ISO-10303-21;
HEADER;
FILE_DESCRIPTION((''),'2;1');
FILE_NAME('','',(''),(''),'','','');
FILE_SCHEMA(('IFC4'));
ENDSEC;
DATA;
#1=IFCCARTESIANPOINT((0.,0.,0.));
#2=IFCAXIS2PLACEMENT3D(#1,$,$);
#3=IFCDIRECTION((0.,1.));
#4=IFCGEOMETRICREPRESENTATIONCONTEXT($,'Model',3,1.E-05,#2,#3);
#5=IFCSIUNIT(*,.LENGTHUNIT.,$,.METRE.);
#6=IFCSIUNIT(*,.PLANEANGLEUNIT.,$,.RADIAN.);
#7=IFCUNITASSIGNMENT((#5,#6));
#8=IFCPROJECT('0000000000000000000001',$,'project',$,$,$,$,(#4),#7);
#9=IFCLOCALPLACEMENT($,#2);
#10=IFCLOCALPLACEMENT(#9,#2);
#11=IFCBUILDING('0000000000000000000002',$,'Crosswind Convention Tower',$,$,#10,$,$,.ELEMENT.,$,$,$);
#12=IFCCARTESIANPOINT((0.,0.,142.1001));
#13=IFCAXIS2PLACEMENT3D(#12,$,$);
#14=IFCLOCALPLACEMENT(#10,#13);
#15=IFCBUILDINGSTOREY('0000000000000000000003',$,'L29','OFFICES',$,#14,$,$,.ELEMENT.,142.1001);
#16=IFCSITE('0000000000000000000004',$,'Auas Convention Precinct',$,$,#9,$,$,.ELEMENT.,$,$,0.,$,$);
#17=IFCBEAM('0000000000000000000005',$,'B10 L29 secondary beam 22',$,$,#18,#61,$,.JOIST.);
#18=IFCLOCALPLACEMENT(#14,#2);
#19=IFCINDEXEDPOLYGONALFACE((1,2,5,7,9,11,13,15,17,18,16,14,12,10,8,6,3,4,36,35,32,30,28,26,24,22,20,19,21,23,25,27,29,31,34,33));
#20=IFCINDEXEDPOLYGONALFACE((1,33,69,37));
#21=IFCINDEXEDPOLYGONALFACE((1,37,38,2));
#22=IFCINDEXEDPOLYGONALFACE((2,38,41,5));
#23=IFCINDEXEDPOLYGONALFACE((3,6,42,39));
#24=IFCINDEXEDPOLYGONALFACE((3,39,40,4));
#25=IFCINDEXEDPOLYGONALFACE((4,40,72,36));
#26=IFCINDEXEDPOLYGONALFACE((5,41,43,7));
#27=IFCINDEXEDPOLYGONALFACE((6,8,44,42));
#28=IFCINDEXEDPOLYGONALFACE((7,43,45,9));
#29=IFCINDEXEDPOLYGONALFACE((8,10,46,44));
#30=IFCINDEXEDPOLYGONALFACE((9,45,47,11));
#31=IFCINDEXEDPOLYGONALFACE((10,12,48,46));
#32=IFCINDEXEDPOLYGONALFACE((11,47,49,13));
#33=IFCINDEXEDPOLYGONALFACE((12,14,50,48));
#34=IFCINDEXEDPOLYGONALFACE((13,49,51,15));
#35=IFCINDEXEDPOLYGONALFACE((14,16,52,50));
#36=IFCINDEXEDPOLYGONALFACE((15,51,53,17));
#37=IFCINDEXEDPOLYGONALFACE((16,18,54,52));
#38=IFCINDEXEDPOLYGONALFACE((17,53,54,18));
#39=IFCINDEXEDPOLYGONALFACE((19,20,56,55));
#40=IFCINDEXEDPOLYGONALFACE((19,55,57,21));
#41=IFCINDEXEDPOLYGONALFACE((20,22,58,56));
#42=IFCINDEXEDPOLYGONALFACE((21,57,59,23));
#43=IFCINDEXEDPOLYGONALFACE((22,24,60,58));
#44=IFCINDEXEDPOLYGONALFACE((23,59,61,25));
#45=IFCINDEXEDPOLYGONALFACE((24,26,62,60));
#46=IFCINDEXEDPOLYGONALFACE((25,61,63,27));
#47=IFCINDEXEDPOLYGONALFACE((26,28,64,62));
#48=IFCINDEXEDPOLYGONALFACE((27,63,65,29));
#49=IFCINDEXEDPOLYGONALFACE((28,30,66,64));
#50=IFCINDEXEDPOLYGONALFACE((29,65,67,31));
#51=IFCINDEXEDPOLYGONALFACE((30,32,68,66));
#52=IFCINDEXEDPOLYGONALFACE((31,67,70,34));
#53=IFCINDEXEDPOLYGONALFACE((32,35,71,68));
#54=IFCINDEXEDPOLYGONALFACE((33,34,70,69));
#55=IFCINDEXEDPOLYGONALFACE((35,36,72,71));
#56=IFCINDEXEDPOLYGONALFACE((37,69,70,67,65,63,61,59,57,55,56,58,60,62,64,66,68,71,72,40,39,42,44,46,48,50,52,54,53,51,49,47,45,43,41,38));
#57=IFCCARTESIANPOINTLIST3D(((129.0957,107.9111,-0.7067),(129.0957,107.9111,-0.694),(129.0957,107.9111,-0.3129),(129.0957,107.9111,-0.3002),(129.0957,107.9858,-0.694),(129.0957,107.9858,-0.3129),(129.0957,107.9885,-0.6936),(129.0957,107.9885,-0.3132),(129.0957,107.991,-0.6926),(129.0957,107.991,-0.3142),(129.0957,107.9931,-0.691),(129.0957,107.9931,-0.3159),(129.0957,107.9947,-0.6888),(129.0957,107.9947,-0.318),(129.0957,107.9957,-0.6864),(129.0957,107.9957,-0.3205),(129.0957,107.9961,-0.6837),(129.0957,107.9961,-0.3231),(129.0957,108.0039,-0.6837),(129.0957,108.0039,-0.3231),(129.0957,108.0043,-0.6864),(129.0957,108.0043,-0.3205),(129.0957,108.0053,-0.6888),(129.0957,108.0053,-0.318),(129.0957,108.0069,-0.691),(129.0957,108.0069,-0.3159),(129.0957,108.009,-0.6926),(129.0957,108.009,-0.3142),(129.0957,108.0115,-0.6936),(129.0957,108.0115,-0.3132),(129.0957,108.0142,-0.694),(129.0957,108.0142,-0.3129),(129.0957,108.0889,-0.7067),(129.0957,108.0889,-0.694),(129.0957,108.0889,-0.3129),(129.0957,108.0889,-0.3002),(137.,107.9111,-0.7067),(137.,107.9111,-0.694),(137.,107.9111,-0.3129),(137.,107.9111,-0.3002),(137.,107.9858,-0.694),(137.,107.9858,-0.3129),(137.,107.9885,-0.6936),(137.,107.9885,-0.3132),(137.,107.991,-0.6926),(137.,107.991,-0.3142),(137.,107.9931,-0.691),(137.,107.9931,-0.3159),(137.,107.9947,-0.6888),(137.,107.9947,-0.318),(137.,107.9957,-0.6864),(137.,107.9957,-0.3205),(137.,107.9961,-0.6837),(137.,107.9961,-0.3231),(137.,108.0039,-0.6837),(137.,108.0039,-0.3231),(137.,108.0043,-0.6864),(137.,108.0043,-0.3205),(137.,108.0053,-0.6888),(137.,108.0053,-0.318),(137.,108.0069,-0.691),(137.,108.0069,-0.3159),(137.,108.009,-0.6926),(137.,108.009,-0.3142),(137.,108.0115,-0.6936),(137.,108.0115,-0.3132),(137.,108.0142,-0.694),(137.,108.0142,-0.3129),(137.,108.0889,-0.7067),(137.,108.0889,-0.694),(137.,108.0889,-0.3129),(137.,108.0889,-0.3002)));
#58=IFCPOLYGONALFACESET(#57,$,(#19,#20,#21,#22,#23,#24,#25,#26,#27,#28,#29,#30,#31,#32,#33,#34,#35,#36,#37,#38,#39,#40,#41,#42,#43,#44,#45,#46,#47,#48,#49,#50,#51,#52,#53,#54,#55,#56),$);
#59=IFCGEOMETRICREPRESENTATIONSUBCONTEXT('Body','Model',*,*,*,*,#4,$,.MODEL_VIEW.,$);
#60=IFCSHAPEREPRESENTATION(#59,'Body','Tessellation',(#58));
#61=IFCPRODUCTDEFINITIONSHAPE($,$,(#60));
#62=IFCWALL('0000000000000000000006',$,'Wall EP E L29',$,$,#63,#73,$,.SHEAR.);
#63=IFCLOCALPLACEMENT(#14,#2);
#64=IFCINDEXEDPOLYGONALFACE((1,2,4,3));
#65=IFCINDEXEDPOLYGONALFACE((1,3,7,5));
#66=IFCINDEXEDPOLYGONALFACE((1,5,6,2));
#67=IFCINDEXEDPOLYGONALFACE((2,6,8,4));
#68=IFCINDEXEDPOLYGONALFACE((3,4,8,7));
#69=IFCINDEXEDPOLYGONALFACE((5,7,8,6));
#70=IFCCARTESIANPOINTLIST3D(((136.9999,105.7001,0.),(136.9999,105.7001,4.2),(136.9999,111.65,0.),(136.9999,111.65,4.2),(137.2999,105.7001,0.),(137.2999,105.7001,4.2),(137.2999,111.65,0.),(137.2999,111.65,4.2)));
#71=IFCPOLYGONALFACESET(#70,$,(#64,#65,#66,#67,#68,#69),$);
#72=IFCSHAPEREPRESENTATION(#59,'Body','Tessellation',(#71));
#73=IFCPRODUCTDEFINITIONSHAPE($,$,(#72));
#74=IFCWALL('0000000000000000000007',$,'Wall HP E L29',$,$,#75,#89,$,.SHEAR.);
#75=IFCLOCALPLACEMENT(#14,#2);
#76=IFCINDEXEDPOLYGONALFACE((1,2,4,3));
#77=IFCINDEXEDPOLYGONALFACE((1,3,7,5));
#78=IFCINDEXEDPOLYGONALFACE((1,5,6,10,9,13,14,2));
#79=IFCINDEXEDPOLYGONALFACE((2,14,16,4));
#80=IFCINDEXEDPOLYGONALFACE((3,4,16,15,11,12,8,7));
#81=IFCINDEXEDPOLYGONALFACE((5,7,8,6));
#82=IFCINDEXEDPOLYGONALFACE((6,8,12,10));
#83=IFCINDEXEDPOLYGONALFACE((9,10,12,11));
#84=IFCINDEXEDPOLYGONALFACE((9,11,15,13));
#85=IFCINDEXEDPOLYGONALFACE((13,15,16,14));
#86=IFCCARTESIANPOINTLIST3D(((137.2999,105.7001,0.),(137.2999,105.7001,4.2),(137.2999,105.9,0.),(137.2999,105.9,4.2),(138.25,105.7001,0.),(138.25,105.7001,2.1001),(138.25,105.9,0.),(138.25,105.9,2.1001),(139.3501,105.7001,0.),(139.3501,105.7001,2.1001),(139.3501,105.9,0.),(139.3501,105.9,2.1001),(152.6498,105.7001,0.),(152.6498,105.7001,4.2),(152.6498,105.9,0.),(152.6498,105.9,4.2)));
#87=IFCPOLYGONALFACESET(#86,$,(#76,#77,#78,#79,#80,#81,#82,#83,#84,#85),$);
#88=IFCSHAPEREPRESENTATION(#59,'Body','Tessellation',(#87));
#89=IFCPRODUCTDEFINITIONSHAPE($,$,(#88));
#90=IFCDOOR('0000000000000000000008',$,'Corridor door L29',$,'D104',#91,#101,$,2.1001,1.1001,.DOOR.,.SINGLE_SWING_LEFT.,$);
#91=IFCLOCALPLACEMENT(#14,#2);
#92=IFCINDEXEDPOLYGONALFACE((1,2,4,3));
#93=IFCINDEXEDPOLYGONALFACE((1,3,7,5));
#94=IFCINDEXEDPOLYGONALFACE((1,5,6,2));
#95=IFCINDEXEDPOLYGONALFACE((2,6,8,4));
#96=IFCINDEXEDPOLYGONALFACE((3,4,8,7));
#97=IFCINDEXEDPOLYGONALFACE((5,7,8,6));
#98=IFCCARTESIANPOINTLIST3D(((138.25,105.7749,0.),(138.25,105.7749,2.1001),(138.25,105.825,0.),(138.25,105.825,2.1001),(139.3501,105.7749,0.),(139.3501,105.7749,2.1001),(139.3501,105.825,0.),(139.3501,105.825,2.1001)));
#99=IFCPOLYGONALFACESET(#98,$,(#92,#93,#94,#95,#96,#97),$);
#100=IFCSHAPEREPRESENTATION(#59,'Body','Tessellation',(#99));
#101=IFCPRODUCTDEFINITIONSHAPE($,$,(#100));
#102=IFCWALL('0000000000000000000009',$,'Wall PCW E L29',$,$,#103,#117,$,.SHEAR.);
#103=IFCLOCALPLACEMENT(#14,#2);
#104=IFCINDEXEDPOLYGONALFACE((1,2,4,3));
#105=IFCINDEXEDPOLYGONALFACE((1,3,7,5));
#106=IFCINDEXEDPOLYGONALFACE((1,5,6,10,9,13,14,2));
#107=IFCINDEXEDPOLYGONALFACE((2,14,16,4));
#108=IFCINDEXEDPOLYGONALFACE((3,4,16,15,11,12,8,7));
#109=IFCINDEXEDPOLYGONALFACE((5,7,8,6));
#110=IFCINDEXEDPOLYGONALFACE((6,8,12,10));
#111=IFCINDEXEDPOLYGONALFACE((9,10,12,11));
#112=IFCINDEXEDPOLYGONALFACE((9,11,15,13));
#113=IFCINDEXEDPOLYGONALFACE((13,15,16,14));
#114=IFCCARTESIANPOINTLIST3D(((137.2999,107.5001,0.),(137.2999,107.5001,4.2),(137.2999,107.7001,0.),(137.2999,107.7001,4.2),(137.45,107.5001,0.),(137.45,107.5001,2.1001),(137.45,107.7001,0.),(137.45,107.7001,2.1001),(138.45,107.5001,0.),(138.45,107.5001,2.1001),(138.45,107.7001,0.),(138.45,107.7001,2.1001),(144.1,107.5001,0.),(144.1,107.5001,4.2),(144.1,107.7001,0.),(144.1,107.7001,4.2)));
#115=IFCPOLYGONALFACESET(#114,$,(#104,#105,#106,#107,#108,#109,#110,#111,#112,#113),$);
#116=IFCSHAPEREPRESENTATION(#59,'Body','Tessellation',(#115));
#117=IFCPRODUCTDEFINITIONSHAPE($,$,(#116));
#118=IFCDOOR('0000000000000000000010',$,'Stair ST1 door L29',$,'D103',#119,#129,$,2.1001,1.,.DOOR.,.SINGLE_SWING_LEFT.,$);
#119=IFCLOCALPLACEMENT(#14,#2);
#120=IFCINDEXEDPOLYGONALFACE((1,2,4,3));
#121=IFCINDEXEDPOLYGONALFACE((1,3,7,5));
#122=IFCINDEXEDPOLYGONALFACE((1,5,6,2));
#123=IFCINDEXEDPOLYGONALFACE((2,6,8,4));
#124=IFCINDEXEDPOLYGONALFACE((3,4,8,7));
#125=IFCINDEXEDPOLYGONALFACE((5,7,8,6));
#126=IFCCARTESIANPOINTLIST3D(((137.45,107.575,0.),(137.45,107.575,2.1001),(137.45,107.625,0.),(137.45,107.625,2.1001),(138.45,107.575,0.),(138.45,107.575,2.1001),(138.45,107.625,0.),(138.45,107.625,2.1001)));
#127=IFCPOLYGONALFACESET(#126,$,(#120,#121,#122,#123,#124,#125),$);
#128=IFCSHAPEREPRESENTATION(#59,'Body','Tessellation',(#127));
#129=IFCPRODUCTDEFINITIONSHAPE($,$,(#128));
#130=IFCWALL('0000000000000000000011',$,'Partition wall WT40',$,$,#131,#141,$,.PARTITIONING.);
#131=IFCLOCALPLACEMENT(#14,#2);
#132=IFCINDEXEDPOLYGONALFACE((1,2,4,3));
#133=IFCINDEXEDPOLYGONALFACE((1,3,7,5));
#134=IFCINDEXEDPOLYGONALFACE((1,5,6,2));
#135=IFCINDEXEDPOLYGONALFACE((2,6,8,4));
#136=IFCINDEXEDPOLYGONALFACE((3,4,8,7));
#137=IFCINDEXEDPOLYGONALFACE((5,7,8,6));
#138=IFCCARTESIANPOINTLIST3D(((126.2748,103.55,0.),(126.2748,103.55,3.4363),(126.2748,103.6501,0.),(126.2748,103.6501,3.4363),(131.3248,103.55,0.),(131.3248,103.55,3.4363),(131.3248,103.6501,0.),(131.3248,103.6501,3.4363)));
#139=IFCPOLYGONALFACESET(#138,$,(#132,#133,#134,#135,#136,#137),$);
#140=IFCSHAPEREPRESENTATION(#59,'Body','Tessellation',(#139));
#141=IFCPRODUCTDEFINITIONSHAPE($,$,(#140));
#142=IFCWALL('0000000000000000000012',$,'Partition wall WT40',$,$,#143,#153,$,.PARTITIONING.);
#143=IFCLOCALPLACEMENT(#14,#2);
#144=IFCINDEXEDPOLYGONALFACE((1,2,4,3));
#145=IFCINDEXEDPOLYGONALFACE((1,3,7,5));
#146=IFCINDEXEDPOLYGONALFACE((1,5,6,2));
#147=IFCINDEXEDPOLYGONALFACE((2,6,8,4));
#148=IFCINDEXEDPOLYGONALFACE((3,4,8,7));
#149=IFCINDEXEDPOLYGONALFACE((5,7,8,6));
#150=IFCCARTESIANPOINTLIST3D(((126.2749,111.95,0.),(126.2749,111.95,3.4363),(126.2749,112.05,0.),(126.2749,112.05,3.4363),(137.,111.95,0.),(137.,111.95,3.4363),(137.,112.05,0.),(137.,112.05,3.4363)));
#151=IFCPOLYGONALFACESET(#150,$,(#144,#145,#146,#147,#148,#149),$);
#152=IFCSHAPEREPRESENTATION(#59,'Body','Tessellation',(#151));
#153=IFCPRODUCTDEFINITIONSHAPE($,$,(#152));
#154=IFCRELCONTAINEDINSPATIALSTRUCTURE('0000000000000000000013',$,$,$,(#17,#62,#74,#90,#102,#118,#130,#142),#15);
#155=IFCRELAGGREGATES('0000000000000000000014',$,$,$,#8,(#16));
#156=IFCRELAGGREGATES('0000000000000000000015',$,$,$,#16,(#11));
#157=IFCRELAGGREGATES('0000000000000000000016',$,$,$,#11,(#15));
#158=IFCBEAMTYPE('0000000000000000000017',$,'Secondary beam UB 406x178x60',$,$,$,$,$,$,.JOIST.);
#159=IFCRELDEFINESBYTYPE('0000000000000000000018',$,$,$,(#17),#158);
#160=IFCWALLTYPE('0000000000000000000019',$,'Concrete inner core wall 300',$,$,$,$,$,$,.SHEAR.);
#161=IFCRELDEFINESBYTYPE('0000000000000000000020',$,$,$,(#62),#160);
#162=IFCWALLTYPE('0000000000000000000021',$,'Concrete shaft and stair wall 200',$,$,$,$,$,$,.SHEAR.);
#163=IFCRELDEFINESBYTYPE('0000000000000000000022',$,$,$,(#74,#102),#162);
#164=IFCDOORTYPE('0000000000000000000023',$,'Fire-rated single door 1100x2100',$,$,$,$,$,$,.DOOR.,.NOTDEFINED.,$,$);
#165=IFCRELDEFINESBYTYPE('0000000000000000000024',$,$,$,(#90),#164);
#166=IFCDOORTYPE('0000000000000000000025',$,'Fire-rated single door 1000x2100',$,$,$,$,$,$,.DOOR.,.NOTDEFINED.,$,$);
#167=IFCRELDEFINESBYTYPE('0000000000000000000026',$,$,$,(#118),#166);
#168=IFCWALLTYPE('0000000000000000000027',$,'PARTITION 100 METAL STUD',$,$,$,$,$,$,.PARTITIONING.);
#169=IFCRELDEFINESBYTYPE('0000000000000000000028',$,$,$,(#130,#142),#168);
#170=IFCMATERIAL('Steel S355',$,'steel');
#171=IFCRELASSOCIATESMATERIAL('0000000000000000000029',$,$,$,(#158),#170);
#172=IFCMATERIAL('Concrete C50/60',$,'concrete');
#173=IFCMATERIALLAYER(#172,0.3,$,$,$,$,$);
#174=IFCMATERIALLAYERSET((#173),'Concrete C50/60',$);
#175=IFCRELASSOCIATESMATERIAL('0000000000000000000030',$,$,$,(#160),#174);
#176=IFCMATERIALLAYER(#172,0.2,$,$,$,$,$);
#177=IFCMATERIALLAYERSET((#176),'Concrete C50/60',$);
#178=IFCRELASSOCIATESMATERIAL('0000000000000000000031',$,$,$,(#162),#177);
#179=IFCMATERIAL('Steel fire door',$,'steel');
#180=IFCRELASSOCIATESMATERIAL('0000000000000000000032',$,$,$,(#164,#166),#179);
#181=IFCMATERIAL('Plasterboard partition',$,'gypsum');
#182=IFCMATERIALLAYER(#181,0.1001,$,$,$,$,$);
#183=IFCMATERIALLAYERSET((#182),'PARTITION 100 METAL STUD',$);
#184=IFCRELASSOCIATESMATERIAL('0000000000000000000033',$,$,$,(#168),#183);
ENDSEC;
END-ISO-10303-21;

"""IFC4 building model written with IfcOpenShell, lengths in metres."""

from ifc_helpers import new_model, si_unit, direction, frame, frame_2d, origin, origin_2d, place, context, subcontext, project, spatial, rectangle, i_section, extrude, material, layer, layer_set, material_profile, profile_set, type_object, element, fill, save


model = new_model("IFC4")

# Units and contexts
model_context = context("Model", 3, precision=1e-05, world=origin(), true_north=direction((0.0, 1.0)))
body_context = subcontext(model_context, "Body", "Model", "MODEL_VIEW")
ifc_project = project(units=[si_unit("LENGTHUNIT", "METRE"), si_unit("PLANEANGLEUNIT", "RADIAN")], contexts=[model_context])

# Site, building, storey
site_placement = place(None, origin())
site = spatial("IfcSite", under=ifc_project, at=site_placement, Name="Auas Convention Precinct", CompositionType="ELEMENT", RefElevation=0.0)
building_placement = place(site_placement, origin())
building = spatial("IfcBuilding", under=site, at=building_placement, Name="Crosswind Convention Tower", CompositionType="ELEMENT")
storey_placement = place(building_placement, frame((0.0, 0.0, 142.1001)))
storey = spatial("IfcBuildingStorey", under=building, at=storey_placement, Name="L29", Description="OFFICES", CompositionType="ELEMENT", Elevation=142.1001)

# Beam
ifc_material_1 = material(Name="Steel S355", Category="steel")
ifc_material_profile_1 = material_profile(ifc_material_1, i_section(OverallWidth=0.1777, OverallDepth=0.4065, WebThickness=0.0078, FlangeThickness=0.0127, FilletRadius=0.0103, at=origin_2d()), Name="UB 406x178x60")
ifc_profile_set_1 = profile_set([ifc_material_profile_1], Name="Steel S355")
beam_type_1 = type_object("IfcBeamType", Name="Secondary beam UB 406x178x60", PredefinedType="JOIST", material=ifc_profile_set_1)
for number, where, z_axis, x_axis, name in (
    (1, (129.0957, 108.0, -0.5034), (1.0, 0.0, 0.0), (0.0, 1.0, 0.0), "B10 L29 secondary beam 22"),
):
    element("IfcBeam", number, at=place(storey_placement, frame(where, z_axis=z_axis, x_axis=x_axis)), inside=storey, type_object=beam_type_1, Name=name, PredefinedType="JOIST", context=body_context, shape_type="SweptSolid", body=[
        extrude(i_section(OverallWidth=0.1777, OverallDepth=0.4065, WebThickness=0.0078, FlangeThickness=0.0127, FilletRadius=0.0103, at=origin_2d()), origin(), (0.0, 0.0, 1.0), 7.9043),
    ])

# Wall
ifc_material_2 = material(Name="Concrete C50/60", Category="concrete")
ifc_layer_1 = layer(ifc_material_2, 0.3)
ifc_layer_set_1 = layer_set([ifc_layer_1], Name="Concrete C50/60")
wall_type_1 = type_object("IfcWallType", Name="Concrete inner core wall 300", PredefinedType="SHEAR", material=ifc_layer_set_1)
wall_1_placement = place(storey_placement, frame((137.1499, 105.7, 0.0), z_axis=(0.0, 0.0, 1.0), x_axis=(0.0, 1.0, 0.0)))
element("IfcWall", 2, at=wall_1_placement, inside=storey, type_object=wall_type_1, Name="Wall EP E L29", PredefinedType="SHEAR", context=body_context, shape_type="SweptSolid", body=[
    extrude(rectangle(XDim=5.95, YDim=0.3, at=frame_2d((2.9751, 0.0))), origin(), (0.0, 0.0, 1.0), 4.2),
])

# Walls, openings, doors
ifc_layer_2 = layer(ifc_material_2, 0.2)
ifc_layer_set_2 = layer_set([ifc_layer_2], Name="Concrete C50/60")
wall_type_2 = type_object("IfcWallType", Name="Concrete shaft and stair wall 200", PredefinedType="SHEAR", material=ifc_layer_set_2)
wall_2_placement = place(storey_placement, frame((137.3, 105.8, 0.0), z_axis=(0.0, 0.0, 1.0), x_axis=(1.0, 0.0, 0.0)))
wall_2 = element("IfcWall", 3, at=wall_2_placement, inside=storey, type_object=wall_type_2, Name="Wall HP E L29", PredefinedType="SHEAR", context=body_context, shape_type="SweptSolid", body=[
    extrude(rectangle(XDim=15.3499, YDim=0.2, at=frame_2d((7.6748, 0.0))), origin(), (0.0, 0.0, 1.0), 4.2),
])
opening_1_placement = place(wall_2_placement, frame((0.95, 0.0, 0.0)))
opening_1 = element("IfcOpeningElement", 4, at=opening_1_placement, cuts=wall_2, PredefinedType="OPENING", context=body_context, shape_type="SweptSolid", body=[
    extrude(rectangle(XDim=1.1001, YDim=2.1001, at=frame_2d((0.55, 1.05))), frame((0.0, 0.1099, 0.0), z_axis=(0.0, -1.0, 0.0), x_axis=(1.0, 0.0, 0.0)), (0.0, 0.0, 1.0), 0.22),
])
ifc_material_3 = material(Name="Steel fire door", Category="steel")
door_type_1 = type_object("IfcDoorType", Name="Fire-rated single door 1100x2100", OperationType="NOTDEFINED", PredefinedType="DOOR", material=ifc_material_3)
door_1_placement = place(opening_1_placement, origin())
door_1 = element("IfcDoor", 5, at=door_1_placement, inside=storey, type_object=door_type_1, Name="Corridor door L29", ObjectType="D104", OperationType="SINGLE_SWING_LEFT", OverallHeight=2.1001, OverallWidth=1.1001, PredefinedType="DOOR", context=body_context, shape_type="SweptSolid", body=[
    extrude(rectangle(XDim=1.1001, YDim=2.1001, at=frame_2d((0.55, 1.05))), frame((0.0, 0.0249, 0.0), z_axis=(0.0, -1.0, 0.0), x_axis=(1.0, 0.0, 0.0)), (0.0, 0.0, 1.0), 0.05),
])
fill(opening_1, door_1)
wall_3_placement = place(storey_placement, frame((137.3, 107.6001, 0.0), z_axis=(0.0, 0.0, 1.0), x_axis=(1.0, 0.0, 0.0)))
wall_3 = element("IfcWall", 6, at=wall_3_placement, inside=storey, type_object=wall_type_2, Name="Wall PCW E L29", PredefinedType="SHEAR", context=body_context, shape_type="SweptSolid", body=[
    extrude(rectangle(XDim=6.8, YDim=0.2, at=frame_2d((3.3999, 0.0))), origin(), (0.0, 0.0, 1.0), 4.2),
])
opening_2_placement = place(wall_3_placement, frame((0.1499, 0.0, 0.0)))
opening_2 = element("IfcOpeningElement", 7, at=opening_2_placement, cuts=wall_3, PredefinedType="OPENING", context=body_context, shape_type="SweptSolid", body=[
    extrude(rectangle(XDim=1.0, YDim=2.1001, at=frame_2d((0.5, 1.05))), frame((0.0, 0.1099, 0.0), z_axis=(0.0, -1.0, 0.0), x_axis=(1.0, 0.0, 0.0)), (0.0, 0.0, 1.0), 0.22),
])
door_type_2 = type_object("IfcDoorType", Name="Fire-rated single door 1000x2100", OperationType="NOTDEFINED", PredefinedType="DOOR", material=ifc_material_3)
door_2_placement = place(opening_2_placement, origin())
door_2 = element("IfcDoor", 8, at=door_2_placement, inside=storey, type_object=door_type_2, Name="Stair ST1 door L29", ObjectType="D103", OperationType="SINGLE_SWING_LEFT", OverallHeight=2.1001, OverallWidth=1.0, PredefinedType="DOOR", context=body_context, shape_type="SweptSolid", body=[
    extrude(rectangle(XDim=1.0, YDim=2.1001, at=frame_2d((0.5, 1.05))), frame((0.0, 0.0249, 0.0), z_axis=(0.0, -1.0, 0.0), x_axis=(1.0, 0.0, 0.0)), (0.0, 0.0, 1.0), 0.05),
])
fill(opening_2, door_2)

# Walls
ifc_material_4 = material(Name="Plasterboard partition", Category="gypsum")
ifc_layer_3 = layer(ifc_material_4, 0.1001)
ifc_layer_set_3 = layer_set([ifc_layer_3], Name="PARTITION 100 METAL STUD")
wall_type_3 = type_object("IfcWallType", Name="PARTITION 100 METAL STUD", PredefinedType="PARTITIONING", material=ifc_layer_set_3)
wall_4_placement = place(storey_placement, frame((126.2749, 103.6001, 0.0), z_axis=(0.0, 0.0, 1.0), x_axis=(1.0, 0.0, 0.0)))
element("IfcWall", 9, at=wall_4_placement, inside=storey, type_object=wall_type_3, Name="Partition wall WT40", PredefinedType="PARTITIONING", context=body_context, shape_type="SweptSolid", body=[
    extrude(rectangle(XDim=5.05, YDim=0.1001, at=frame_2d((2.5249, 0.0))), origin(), (0.0, 0.0, 1.0), 3.4363),
])
wall_5_placement = place(storey_placement, frame((126.2749, 112.0, 0.0), z_axis=(0.0, 0.0, 1.0), x_axis=(1.0, 0.0, 0.0)))
element("IfcWall", 10, at=wall_5_placement, inside=storey, type_object=wall_type_3, Name="Partition wall WT40", PredefinedType="PARTITIONING", context=body_context, shape_type="SweptSolid", body=[
    extrude(rectangle(XDim=10.7251, YDim=0.1001, at=frame_2d((5.3625, 0.0))), origin(), (0.0, 0.0, 1.0), 3.4363),
])

save(model, "model.ifc")
